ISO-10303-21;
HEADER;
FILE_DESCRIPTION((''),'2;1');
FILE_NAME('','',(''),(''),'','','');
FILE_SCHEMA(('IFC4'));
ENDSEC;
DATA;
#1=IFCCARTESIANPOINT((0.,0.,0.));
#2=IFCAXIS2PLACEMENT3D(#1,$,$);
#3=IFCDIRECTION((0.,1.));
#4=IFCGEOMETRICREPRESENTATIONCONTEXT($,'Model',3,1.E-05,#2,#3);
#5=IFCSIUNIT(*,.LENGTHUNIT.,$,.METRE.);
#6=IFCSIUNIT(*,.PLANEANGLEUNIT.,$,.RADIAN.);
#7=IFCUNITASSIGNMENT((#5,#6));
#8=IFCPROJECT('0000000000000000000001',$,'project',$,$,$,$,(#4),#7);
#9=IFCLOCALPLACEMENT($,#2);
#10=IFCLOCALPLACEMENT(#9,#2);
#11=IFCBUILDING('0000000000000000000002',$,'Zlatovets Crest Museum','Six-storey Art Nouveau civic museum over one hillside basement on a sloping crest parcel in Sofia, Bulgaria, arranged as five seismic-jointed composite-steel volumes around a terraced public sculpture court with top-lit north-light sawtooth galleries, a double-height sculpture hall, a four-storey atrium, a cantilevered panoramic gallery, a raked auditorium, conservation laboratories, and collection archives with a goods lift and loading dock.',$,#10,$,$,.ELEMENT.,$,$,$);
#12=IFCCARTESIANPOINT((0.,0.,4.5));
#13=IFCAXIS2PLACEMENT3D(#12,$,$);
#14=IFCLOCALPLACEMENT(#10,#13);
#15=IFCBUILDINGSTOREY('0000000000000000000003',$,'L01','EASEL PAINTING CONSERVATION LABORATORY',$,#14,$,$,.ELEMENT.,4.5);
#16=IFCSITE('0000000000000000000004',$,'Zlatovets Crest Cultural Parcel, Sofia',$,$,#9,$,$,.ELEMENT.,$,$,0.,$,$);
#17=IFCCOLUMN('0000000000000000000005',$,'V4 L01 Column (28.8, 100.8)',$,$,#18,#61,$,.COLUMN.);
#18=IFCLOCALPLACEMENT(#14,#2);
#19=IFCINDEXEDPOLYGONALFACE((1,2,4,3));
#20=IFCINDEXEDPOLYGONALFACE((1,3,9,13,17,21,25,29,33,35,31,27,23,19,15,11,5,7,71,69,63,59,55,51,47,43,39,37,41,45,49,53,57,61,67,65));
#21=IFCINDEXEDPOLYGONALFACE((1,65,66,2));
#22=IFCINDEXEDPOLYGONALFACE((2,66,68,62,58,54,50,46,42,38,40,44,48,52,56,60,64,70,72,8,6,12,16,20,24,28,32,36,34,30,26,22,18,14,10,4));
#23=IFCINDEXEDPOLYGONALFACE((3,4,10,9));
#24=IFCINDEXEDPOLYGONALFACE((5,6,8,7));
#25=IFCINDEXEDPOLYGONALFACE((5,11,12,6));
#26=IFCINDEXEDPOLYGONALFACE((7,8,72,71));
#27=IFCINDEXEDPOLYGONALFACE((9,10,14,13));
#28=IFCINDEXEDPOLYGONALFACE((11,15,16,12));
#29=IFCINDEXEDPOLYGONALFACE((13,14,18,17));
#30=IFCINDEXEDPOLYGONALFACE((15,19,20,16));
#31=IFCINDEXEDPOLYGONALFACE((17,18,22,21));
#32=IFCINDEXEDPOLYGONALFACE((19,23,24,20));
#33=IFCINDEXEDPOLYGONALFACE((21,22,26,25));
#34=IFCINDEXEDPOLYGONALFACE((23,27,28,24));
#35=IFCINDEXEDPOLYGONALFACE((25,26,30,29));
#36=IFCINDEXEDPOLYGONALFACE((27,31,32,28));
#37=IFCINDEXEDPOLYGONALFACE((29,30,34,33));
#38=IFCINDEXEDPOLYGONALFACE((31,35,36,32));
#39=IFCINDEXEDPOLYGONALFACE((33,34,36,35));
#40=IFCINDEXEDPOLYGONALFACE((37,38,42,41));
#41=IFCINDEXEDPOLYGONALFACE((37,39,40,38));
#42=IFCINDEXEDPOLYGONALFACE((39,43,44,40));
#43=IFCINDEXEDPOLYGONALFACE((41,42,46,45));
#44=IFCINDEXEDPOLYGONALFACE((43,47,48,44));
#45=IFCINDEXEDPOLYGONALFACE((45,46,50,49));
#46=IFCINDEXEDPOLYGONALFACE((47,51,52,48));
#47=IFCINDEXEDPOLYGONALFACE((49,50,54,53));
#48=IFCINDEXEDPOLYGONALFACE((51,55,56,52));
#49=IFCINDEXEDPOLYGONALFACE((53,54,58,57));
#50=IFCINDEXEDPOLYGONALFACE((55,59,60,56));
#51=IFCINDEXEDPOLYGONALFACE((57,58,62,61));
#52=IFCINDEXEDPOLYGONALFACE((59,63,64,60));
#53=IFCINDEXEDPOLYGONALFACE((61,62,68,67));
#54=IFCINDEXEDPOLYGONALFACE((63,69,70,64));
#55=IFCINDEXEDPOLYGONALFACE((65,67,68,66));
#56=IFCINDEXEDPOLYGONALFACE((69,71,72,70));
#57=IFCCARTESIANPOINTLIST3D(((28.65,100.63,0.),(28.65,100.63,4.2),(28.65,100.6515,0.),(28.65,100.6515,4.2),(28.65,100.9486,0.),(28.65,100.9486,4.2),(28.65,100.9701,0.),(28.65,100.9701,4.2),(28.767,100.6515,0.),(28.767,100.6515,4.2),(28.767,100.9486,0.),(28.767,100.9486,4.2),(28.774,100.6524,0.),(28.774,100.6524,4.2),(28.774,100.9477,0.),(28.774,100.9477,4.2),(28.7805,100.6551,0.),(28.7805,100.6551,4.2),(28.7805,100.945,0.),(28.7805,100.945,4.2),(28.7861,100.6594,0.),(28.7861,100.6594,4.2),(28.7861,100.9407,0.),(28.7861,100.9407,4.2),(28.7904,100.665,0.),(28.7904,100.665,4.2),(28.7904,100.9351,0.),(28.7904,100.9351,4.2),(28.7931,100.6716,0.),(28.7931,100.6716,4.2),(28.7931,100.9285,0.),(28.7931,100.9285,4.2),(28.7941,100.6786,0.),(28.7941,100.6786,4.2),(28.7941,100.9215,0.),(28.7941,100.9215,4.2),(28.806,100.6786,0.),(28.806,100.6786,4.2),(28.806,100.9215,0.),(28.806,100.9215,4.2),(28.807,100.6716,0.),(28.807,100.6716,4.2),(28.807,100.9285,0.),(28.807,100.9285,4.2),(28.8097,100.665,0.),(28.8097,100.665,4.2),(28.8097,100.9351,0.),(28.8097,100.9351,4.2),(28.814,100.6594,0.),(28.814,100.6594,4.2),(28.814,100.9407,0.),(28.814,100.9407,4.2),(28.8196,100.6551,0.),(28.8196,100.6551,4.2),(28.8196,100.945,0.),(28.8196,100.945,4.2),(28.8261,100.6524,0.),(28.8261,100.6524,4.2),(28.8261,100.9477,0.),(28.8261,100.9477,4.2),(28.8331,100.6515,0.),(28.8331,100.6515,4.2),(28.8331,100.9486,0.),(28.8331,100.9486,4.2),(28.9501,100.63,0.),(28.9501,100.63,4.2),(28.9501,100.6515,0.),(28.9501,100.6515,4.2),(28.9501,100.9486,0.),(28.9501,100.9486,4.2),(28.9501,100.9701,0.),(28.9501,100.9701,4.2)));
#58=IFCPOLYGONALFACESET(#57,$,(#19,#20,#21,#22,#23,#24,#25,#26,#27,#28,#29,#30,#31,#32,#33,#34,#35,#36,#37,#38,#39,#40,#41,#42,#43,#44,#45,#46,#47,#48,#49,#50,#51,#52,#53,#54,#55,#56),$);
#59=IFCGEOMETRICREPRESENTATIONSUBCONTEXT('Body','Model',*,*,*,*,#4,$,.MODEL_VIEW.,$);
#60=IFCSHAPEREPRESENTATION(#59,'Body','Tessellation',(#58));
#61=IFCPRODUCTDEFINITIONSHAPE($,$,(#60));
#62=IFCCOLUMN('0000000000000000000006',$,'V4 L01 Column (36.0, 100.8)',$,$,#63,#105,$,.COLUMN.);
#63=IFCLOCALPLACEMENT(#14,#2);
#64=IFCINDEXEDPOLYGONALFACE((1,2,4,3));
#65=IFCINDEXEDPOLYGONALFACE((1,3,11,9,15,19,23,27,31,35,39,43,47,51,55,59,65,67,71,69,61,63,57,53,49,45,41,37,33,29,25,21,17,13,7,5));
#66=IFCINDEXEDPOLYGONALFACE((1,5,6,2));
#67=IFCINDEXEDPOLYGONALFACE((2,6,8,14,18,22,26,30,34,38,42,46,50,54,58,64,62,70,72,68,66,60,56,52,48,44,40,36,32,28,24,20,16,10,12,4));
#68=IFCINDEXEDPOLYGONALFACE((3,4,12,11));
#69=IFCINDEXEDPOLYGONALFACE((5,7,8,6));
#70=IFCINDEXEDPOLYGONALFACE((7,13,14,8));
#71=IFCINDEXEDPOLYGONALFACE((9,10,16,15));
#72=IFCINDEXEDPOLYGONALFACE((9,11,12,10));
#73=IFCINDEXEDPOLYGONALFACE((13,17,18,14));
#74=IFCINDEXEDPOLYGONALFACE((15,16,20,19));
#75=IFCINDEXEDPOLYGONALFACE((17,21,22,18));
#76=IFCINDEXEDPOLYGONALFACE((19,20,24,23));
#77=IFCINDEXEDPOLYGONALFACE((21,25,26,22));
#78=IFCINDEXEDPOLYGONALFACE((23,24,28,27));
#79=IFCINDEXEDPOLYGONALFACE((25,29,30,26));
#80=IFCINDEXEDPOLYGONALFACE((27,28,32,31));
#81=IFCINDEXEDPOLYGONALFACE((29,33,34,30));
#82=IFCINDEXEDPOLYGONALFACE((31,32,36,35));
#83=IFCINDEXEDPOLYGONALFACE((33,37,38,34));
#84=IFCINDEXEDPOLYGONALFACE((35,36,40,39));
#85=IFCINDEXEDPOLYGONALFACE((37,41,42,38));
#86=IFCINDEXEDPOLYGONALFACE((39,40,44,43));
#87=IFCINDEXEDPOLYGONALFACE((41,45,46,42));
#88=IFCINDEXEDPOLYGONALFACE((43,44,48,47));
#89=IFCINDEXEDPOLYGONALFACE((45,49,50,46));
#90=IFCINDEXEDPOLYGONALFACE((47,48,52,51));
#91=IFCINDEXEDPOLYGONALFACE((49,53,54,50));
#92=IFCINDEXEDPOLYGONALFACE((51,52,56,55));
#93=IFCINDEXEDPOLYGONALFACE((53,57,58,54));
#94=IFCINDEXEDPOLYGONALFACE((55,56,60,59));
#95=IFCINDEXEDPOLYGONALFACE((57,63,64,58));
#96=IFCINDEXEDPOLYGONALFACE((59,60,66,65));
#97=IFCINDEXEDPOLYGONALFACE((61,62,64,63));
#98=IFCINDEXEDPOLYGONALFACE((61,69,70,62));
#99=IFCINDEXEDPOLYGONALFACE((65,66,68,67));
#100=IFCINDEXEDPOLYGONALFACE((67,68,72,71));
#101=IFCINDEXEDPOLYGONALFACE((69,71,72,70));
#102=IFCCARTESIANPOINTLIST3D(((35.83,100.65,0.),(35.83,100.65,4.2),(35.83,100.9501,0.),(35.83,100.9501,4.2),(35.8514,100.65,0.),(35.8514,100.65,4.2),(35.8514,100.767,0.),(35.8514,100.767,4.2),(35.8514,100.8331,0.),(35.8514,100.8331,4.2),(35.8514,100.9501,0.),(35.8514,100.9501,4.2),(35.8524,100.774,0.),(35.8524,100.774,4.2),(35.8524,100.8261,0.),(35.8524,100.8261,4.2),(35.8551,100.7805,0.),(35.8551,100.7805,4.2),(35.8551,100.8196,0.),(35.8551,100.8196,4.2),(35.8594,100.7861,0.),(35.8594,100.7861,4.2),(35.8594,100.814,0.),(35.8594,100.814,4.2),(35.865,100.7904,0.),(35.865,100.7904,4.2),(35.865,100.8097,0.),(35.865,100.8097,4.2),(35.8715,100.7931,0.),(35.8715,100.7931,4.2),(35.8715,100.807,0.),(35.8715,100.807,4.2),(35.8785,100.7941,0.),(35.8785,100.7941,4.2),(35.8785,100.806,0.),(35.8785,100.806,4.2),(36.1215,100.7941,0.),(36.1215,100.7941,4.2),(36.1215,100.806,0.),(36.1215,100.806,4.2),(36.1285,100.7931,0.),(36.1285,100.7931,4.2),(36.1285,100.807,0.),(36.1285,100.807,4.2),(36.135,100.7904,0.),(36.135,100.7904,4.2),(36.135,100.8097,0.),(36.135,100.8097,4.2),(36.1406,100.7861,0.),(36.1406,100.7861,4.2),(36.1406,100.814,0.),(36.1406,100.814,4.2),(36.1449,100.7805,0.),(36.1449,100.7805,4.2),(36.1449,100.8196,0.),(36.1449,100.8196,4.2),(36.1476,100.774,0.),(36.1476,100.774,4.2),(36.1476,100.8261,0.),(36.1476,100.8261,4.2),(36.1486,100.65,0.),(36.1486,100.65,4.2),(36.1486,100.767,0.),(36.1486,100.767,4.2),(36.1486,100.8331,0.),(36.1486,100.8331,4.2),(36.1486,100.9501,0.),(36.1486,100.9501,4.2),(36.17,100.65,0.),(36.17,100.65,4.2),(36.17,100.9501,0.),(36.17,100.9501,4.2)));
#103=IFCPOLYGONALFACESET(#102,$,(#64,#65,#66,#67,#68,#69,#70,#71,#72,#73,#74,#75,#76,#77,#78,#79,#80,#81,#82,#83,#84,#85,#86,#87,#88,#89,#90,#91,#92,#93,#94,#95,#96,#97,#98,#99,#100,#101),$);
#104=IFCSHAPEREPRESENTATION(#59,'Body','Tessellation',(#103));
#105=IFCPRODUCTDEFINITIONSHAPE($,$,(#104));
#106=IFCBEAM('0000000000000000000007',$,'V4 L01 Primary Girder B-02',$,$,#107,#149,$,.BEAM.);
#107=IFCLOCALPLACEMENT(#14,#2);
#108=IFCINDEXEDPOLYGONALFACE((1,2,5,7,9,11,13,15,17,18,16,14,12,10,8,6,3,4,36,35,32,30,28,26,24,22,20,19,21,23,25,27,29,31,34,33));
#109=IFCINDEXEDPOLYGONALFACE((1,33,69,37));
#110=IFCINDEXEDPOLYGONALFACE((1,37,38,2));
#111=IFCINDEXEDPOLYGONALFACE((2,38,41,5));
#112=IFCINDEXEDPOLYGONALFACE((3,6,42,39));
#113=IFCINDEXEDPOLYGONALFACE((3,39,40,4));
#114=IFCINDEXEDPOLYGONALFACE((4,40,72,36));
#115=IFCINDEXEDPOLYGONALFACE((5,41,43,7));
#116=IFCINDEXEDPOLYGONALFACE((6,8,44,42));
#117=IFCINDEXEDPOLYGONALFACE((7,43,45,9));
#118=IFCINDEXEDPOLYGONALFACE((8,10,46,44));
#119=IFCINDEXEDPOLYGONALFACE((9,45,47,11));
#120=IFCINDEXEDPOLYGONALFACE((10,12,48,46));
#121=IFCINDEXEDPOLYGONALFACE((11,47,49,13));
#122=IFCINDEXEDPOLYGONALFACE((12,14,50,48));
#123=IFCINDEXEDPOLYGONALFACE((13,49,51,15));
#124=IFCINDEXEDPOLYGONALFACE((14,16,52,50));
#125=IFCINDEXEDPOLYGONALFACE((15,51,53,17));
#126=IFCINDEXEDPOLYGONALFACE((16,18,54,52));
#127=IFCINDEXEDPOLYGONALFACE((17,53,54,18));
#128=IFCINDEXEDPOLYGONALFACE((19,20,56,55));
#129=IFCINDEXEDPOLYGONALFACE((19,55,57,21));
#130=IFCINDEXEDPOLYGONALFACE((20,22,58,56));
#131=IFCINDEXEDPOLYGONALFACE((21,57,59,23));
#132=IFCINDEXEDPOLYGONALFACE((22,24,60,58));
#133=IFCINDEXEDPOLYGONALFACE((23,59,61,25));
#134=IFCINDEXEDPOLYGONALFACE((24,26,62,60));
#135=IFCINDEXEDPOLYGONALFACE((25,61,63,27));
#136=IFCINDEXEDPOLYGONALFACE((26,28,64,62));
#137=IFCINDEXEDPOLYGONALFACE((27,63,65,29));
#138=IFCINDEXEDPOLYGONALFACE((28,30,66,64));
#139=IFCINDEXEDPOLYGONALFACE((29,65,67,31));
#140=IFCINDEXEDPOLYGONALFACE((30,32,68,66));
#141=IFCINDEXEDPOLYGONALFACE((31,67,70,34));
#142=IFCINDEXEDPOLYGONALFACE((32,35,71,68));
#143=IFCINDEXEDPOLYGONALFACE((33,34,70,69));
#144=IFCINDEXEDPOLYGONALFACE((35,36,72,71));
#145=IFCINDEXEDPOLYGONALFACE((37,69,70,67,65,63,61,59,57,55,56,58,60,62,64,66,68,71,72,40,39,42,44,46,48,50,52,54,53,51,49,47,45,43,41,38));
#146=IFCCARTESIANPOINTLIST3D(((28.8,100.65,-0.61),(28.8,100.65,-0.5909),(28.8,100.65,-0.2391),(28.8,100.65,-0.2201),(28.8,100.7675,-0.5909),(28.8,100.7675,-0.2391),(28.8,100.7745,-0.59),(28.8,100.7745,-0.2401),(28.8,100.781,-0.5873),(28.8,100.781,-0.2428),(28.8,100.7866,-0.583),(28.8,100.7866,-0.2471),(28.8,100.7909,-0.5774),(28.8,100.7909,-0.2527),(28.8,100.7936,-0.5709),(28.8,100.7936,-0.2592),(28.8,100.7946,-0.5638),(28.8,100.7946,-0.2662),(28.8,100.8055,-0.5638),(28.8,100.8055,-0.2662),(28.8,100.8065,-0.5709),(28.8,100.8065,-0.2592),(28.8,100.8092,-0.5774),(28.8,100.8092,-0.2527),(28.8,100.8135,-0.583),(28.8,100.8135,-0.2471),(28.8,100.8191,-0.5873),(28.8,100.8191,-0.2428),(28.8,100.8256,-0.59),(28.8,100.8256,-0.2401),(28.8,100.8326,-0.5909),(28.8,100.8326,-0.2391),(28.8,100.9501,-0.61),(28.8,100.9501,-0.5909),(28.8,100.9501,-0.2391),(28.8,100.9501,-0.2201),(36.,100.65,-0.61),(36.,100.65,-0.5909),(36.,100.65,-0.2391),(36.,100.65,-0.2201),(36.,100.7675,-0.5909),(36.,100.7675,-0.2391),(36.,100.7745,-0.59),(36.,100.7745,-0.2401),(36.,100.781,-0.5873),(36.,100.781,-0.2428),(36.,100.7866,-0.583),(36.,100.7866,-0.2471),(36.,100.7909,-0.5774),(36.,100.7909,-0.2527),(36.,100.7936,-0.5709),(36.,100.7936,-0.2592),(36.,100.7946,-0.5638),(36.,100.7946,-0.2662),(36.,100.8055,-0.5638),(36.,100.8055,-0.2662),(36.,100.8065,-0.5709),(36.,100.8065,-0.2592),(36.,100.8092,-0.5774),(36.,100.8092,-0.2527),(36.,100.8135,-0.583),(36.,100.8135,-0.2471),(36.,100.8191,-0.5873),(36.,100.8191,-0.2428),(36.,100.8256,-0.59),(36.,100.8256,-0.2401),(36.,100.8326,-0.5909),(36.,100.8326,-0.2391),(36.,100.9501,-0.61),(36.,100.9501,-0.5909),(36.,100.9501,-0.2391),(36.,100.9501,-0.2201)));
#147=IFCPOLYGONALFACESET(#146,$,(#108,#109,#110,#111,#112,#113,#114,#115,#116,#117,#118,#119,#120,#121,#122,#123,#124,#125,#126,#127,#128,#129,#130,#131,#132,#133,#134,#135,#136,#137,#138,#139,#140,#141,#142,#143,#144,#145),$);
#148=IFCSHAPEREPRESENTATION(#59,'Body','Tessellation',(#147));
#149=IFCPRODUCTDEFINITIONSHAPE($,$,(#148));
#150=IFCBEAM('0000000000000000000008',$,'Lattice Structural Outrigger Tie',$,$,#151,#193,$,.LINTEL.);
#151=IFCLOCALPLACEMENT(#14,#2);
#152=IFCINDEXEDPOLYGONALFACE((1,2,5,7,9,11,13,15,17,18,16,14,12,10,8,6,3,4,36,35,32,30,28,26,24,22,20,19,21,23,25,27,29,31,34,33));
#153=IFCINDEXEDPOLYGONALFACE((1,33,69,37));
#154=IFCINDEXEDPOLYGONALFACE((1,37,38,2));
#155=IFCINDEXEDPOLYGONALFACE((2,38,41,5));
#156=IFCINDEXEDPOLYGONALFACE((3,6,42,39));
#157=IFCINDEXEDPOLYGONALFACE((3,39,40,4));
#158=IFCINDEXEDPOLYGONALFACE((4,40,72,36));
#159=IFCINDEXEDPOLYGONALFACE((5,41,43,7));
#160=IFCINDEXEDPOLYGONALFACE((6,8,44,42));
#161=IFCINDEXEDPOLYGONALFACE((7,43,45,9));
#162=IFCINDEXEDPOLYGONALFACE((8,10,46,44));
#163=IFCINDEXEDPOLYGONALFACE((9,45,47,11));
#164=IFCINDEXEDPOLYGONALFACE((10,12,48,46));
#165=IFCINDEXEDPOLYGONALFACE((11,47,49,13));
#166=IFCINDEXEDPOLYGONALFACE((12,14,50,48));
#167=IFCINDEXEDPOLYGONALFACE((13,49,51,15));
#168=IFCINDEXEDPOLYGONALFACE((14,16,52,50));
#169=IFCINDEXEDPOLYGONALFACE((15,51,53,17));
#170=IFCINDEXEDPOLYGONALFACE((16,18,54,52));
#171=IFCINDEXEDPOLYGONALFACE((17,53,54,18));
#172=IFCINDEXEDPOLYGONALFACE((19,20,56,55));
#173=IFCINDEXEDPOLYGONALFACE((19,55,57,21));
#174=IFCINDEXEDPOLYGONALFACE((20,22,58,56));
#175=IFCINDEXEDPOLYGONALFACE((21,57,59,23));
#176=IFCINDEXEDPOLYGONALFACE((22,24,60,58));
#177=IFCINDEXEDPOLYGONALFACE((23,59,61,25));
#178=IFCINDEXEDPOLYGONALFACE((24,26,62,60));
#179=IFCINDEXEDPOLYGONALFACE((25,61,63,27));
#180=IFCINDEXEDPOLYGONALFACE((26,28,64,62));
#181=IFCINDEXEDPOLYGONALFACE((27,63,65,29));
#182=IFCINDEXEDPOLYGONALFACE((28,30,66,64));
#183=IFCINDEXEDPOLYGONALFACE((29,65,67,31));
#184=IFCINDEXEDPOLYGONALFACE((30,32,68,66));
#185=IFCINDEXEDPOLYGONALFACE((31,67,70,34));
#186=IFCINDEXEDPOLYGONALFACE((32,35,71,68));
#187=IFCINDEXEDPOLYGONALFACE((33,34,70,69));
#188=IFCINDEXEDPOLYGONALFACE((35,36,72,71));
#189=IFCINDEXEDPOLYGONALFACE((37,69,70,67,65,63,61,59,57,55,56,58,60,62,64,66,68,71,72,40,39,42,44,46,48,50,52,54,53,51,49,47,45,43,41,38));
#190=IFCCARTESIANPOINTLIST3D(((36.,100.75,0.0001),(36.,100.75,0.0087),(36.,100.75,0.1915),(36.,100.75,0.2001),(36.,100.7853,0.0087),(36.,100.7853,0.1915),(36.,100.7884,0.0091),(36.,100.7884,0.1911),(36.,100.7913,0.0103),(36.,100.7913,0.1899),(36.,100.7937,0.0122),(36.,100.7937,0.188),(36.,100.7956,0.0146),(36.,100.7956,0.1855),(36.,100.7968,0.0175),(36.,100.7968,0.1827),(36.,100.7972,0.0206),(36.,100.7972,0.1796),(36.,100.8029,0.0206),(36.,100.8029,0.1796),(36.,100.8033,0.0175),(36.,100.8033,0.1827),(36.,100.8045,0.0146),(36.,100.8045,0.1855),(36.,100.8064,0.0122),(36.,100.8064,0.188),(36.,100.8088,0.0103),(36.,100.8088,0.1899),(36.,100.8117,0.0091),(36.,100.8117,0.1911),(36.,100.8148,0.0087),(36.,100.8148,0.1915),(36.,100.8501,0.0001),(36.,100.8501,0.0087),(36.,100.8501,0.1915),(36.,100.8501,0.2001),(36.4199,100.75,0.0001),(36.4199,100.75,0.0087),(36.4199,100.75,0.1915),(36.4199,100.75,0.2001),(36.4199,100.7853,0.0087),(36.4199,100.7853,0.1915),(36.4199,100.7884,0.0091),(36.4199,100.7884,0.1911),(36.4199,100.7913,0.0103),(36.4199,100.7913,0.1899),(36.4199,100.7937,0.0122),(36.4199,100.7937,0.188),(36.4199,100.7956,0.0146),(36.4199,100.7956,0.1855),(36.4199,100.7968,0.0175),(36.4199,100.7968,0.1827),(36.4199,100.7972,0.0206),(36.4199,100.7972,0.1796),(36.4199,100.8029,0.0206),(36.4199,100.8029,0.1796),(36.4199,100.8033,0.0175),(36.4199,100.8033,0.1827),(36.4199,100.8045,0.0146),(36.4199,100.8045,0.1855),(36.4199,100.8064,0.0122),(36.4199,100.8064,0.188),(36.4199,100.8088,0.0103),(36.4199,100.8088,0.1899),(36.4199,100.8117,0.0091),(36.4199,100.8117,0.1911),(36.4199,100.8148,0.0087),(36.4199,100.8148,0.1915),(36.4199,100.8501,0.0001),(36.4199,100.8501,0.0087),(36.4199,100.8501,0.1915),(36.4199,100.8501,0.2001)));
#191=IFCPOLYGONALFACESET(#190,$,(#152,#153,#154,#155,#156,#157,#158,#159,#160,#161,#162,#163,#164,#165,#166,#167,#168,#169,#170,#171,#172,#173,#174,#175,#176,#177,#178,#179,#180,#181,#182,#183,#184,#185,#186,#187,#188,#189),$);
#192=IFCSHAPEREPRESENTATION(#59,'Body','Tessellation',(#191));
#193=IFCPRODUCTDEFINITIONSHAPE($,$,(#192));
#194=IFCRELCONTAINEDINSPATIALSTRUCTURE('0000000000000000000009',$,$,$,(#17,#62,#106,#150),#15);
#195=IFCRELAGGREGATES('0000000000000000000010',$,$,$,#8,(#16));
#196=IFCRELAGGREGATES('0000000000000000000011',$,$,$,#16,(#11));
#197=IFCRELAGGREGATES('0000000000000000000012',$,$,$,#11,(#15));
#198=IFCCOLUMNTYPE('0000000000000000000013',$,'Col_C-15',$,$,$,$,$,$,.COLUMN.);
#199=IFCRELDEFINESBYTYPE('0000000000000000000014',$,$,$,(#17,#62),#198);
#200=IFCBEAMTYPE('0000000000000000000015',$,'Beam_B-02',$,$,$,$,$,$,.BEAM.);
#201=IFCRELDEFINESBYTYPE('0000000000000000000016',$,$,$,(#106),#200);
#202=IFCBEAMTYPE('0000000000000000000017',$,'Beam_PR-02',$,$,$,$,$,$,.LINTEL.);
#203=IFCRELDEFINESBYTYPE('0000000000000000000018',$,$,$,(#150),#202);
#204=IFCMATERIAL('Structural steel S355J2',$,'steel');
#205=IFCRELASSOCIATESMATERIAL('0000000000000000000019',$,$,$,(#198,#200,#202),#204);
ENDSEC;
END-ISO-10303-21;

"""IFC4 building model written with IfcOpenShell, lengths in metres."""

from ifc_helpers import new_model, si_unit, direction, frame, origin, origin_2d, place, context, subcontext, project, spatial, i_section, extrude, material, material_profile, profile_set, type_object, element, save


model = new_model("IFC4")

# Units and contexts
model_context = context("Model", 3, precision=1e-05, world=origin(), true_north=direction((0.0, 1.0)))
body_context = subcontext(model_context, "Body", "Model", "MODEL_VIEW")
ifc_project = project(units=[si_unit("LENGTHUNIT", "METRE"), si_unit("PLANEANGLEUNIT", "RADIAN")], contexts=[model_context])

# Site, building, storey
site_placement = place(None, origin())
site = spatial("IfcSite", under=ifc_project, at=site_placement, Name="Zlatovets Crest Cultural Parcel, Sofia", CompositionType="ELEMENT", RefElevation=0.0)
building_placement = place(site_placement, origin())
building = spatial("IfcBuilding", under=site, at=building_placement, Name="Zlatovets Crest Museum", Description="Six-storey Art Nouveau civic museum over one hillside basement on a sloping crest parcel in Sofia, Bulgaria, arranged as five seismic-jointed composite-steel volumes around a terraced public sculpture court with top-lit north-light sawtooth galleries, a double-height sculpture hall, a four-storey atrium, a cantilevered panoramic gallery, a raked auditorium, conservation laboratories, and collection archives with a goods lift and loading dock.", CompositionType="ELEMENT")
storey_placement = place(building_placement, frame((0.0, 0.0, 4.5)))
storey = spatial("IfcBuildingStorey", under=building, at=storey_placement, Name="L01", Description="EASEL PAINTING CONSERVATION LABORATORY", CompositionType="ELEMENT", Elevation=4.5)

# Columns
ifc_material_1 = material(Name="Structural steel S355J2", Category="steel")
ifc_material_profile_1 = material_profile(ifc_material_1, i_section(OverallWidth=0.3, OverallDepth=0.3401, WebThickness=0.012, FlangeThickness=0.0215, FilletRadius=0.0271, at=origin_2d()), Name="HEB 340")
ifc_profile_set_1 = profile_set([ifc_material_profile_1], Name="Structural steel S355J2")
column_type = type_object("IfcColumnType", Name="Col_C-15", PredefinedType="COLUMN", material=ifc_profile_set_1)
for number, where, z_axis, x_axis, name in (
    (1, (28.8, 100.8, 0.0), (0.0, 0.0, 1.0), (1.0, 0.0, 0.0), "V4 L01 Column (28.8, 100.8)"),
    (2, (36.0, 100.8, 0.0), (0.0, 0.0, 1.0), (0.0, 1.0, 0.0), "V4 L01 Column (36.0, 100.8)"),
):
    element("IfcColumn", number, at=place(storey_placement, frame(where, z_axis=z_axis, x_axis=x_axis)), inside=storey, type_object=column_type, Name=name, PredefinedType="COLUMN", context=body_context, shape_type="SweptSolid", body=[
        extrude(i_section(OverallWidth=0.3, OverallDepth=0.3401, WebThickness=0.012, FlangeThickness=0.0215, FilletRadius=0.0271, at=origin_2d()), origin(), (0.0, 0.0, 1.0), 4.2),
    ])

# Beams
ifc_material_profile_2 = material_profile(ifc_material_1, i_section(OverallWidth=0.3, OverallDepth=0.3899, WebThickness=0.011, FlangeThickness=0.019, FilletRadius=0.0271, at=origin_2d()), Name="HEA 400")
ifc_profile_set_2 = profile_set([ifc_material_profile_2], Name="Structural steel S355J2")
beam_type_1 = type_object("IfcBeamType", Name="Beam_B-02", PredefinedType="BEAM", material=ifc_profile_set_2)
beam_placement = place(storey_placement, frame((28.8, 100.8, -0.415), z_axis=(1.0, 0.0, 0.0), x_axis=(0.0, 1.0, 0.0)))
element("IfcBeam", 3, at=beam_placement, inside=storey, type_object=beam_type_1, Name="V4 L01 Primary Girder B-02", PredefinedType="BEAM", context=body_context, shape_type="SweptSolid", body=[
    extrude(i_section(OverallWidth=0.3, OverallDepth=0.3899, WebThickness=0.011, FlangeThickness=0.019, FilletRadius=0.0271, at=origin_2d()), origin(), (0.0, 0.0, 1.0), 7.2),
])
ifc_material_profile_3 = material_profile(ifc_material_1, i_section(OverallWidth=0.1001, OverallDepth=0.2, WebThickness=0.0056, FlangeThickness=0.0085, FilletRadius=0.012, at=origin_2d()), Name="IPE 200")
ifc_profile_set_3 = profile_set([ifc_material_profile_3], Name="Structural steel S355J2")
beam_type_2 = type_object("IfcBeamType", Name="Beam_PR-02", PredefinedType="LINTEL", material=ifc_profile_set_3)
for number, where, z_axis, x_axis, name in (
    (4, (36.0, 100.8, 0.1001), (1.0, 0.0, 0.0), (0.0, 1.0, 0.0), "Lattice Structural Outrigger Tie"),
):
    element("IfcBeam", number, at=place(storey_placement, frame(where, z_axis=z_axis, x_axis=x_axis)), inside=storey, type_object=beam_type_2, Name=name, PredefinedType="LINTEL", context=body_context, shape_type="SweptSolid", body=[
        extrude(i_section(OverallWidth=0.1001, OverallDepth=0.2, WebThickness=0.0056, FlangeThickness=0.0085, FilletRadius=0.012, at=origin_2d()), origin(), (0.0, 0.0, 1.0), 0.4199),
    ])

save(model, "model.ifc")
